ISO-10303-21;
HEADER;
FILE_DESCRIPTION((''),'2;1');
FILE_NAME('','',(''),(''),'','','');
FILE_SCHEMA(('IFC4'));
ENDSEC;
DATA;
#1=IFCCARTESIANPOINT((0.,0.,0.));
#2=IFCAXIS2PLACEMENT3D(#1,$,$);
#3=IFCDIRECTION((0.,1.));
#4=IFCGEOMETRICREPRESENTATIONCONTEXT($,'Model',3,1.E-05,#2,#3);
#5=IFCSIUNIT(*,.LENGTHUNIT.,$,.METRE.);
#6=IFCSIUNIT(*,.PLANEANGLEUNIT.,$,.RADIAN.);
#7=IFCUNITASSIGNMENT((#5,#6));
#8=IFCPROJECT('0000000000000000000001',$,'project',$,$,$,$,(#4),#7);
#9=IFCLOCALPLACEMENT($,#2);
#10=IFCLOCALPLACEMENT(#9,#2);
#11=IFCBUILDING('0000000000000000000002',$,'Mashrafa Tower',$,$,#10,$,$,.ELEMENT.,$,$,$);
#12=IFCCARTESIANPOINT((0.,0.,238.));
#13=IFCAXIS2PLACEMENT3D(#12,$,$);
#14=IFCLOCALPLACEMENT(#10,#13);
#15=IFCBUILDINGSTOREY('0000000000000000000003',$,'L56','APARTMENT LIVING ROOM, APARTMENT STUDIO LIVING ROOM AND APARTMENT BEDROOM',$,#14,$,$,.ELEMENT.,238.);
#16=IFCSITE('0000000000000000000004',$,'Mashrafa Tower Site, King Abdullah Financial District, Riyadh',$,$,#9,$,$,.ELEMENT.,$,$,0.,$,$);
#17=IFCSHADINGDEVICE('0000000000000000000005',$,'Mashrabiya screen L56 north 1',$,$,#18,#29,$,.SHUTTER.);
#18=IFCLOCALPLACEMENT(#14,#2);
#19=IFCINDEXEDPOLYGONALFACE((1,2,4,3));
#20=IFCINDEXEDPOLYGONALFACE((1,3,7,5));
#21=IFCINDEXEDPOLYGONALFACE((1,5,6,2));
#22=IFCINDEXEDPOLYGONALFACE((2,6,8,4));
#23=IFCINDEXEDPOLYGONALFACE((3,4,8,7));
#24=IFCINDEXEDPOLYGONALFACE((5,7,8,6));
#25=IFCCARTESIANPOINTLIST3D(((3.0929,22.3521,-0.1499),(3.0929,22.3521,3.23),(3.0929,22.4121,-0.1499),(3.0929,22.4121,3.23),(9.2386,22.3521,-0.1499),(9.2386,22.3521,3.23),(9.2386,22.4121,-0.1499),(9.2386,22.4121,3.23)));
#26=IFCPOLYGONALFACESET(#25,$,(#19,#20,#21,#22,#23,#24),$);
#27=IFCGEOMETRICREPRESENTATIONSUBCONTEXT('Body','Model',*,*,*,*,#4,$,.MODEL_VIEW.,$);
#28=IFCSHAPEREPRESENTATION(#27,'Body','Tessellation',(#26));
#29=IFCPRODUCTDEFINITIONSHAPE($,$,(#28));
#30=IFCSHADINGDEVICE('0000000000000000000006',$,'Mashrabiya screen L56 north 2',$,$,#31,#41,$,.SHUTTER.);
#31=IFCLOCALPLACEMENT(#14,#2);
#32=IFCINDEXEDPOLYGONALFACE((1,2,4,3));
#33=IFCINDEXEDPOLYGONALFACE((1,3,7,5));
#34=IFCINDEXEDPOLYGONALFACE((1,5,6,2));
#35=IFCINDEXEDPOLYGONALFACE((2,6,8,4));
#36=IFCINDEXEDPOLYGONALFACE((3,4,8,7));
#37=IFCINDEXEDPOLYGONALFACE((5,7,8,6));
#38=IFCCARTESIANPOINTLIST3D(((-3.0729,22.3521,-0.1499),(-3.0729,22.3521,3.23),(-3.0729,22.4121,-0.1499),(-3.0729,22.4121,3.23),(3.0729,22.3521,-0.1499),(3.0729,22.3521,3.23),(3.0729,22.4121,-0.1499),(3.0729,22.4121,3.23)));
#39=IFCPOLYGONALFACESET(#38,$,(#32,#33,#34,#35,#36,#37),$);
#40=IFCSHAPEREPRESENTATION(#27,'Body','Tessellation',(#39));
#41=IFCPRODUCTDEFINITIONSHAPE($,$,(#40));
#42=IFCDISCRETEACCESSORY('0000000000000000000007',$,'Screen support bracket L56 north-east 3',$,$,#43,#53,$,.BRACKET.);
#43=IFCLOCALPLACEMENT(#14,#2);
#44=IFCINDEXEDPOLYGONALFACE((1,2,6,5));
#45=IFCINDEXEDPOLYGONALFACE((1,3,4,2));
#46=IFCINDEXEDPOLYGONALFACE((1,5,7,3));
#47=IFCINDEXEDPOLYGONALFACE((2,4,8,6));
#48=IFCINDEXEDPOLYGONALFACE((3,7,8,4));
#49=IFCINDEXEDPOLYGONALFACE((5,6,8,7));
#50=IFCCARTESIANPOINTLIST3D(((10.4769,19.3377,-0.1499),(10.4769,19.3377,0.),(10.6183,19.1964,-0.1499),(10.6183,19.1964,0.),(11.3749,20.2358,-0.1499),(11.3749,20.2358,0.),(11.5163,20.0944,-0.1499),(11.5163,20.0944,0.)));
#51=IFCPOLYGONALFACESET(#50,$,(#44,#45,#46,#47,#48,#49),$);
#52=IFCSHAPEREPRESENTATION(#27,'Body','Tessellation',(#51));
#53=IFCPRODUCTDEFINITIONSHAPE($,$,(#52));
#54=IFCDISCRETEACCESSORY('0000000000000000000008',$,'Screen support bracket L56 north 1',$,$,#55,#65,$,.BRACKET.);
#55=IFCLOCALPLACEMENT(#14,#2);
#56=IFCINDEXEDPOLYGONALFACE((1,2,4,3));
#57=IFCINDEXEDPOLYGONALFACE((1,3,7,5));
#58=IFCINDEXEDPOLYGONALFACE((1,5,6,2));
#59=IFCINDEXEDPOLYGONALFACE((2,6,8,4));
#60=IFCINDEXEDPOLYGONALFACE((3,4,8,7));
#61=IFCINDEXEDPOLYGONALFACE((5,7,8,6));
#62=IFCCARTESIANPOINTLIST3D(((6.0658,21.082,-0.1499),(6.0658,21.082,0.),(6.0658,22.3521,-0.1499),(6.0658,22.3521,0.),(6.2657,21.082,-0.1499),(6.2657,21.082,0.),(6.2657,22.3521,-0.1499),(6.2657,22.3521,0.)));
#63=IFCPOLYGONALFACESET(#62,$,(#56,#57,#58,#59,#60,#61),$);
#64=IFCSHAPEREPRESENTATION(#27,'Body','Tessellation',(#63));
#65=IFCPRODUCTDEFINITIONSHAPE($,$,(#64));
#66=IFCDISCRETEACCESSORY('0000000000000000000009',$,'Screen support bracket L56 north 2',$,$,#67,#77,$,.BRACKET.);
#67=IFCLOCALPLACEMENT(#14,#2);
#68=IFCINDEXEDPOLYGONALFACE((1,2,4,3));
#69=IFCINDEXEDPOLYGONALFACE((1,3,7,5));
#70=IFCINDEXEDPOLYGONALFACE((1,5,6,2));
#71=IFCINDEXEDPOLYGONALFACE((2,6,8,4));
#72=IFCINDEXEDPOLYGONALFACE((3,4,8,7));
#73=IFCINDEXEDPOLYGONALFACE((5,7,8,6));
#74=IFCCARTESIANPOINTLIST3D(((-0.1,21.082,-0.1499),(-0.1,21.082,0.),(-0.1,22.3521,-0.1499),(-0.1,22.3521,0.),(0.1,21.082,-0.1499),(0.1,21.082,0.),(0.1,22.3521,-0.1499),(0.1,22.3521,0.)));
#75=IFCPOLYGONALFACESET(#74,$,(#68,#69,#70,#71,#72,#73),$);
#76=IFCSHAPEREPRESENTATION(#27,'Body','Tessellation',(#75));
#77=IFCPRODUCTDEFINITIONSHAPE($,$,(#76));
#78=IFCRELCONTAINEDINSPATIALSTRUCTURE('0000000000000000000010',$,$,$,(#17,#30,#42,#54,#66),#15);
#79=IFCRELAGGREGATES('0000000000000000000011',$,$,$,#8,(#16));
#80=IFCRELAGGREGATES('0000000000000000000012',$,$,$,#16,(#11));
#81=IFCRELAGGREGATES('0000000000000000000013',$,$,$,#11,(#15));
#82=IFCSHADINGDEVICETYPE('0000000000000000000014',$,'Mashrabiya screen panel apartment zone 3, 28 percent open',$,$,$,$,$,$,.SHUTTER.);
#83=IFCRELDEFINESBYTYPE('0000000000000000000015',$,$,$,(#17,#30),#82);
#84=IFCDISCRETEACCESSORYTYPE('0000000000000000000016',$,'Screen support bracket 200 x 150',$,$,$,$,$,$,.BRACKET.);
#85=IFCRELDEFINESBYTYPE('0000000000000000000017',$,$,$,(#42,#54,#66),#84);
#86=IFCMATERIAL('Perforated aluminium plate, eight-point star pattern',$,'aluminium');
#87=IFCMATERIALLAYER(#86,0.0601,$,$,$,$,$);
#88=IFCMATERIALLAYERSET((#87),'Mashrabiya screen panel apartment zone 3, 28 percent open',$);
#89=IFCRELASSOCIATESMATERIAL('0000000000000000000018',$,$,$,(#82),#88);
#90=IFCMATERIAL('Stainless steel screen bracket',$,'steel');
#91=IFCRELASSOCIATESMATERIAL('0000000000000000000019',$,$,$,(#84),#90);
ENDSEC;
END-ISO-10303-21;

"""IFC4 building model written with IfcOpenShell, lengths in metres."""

from ifc_helpers import new_model, si_unit, direction, frame, origin, origin_2d, place, context, subcontext, project, spatial, rectangle, extrude, source, transform, mapped, material, layer, layer_set, type_object, type_shapes, element, save


model = new_model("IFC4")

# Units and contexts
model_context = context("Model", 3, precision=1e-05, world=origin(), true_north=direction((0.0, 1.0)))
body_context = subcontext(model_context, "Body", "Model", "MODEL_VIEW")
ifc_project = project(units=[si_unit("LENGTHUNIT", "METRE"), si_unit("PLANEANGLEUNIT", "RADIAN")], contexts=[model_context])

# Site, building, storey
site_placement = place(None, origin())
site = spatial("IfcSite", under=ifc_project, at=site_placement, Name="Mashrafa Tower Site, King Abdullah Financial District, Riyadh", CompositionType="ELEMENT", RefElevation=0.0)
building_placement = place(site_placement, origin())
building = spatial("IfcBuilding", under=site, at=building_placement, Name="Mashrafa Tower", CompositionType="ELEMENT")
storey_placement = place(building_placement, frame((0.0, 0.0, 238.0)))
storey = spatial("IfcBuildingStorey", under=building, at=storey_placement, Name="L56", Description="APARTMENT LIVING ROOM, APARTMENT STUDIO LIVING ROOM AND APARTMENT BEDROOM", CompositionType="ELEMENT", Elevation=238.0)

# Shading devices
ifc_material_1 = material(Name="Perforated aluminium plate, eight-point star pattern", Category="aluminium")
ifc_layer_1 = layer(ifc_material_1, 0.0601)
ifc_layer_set_1 = layer_set([ifc_layer_1], Name="Mashrabiya screen panel apartment zone 3, 28 percent open")
shading_device_type = type_object("IfcShadingDeviceType", Name="Mashrabiya screen panel apartment zone 3, 28 percent open", PredefinedType="SHUTTER", material=ifc_layer_set_1)
shared_shape_1 = source(origin(), body_context, "Body", "SweptSolid", [
    extrude(rectangle(XDim=6.1458, YDim=0.0601, at=origin_2d()), origin(), (0.0, 0.0, 1.0), 3.3799),
])
type_shapes(shading_device_type, [shared_shape_1])
for number, where, z_axis, x_axis, name in (
    (1, (6.1658, 22.3821, -0.1499), (0.0, 0.0, 1.0), (-1.0, 0.0, 0.0), "Mashrabiya screen L56 north 1"),
    (2, (0.0, 22.3821, -0.1499), (0.0, 0.0, 1.0), (-1.0, 0.0, 0.0), "Mashrabiya screen L56 north 2"),
):
    element("IfcShadingDevice", number, at=place(storey_placement, frame(where, z_axis=z_axis, x_axis=x_axis)), inside=storey, type_object=shading_device_type, Name=name, PredefinedType="SHUTTER", context=body_context, shape_type="MappedRepresentation", body=[
        mapped(shared_shape_1, transform((0.0, 0.0, 0.0))),
    ])

# Discrete accessories
ifc_material_2 = material(Name="Stainless steel screen bracket", Category="steel")
discrete_accessory_type = type_object("IfcDiscreteAccessoryType", Name="Screen support bracket 200 x 150", PredefinedType="BRACKET", material=ifc_material_2)
shared_shape_2 = source(origin(), body_context, "Body", "SweptSolid", [
    extrude(rectangle(XDim=0.2, YDim=1.27, at=origin_2d()), origin(), (0.0, 0.0, 1.0), 0.1499),
])
type_shapes(discrete_accessory_type, [shared_shape_2])
for number, where, z_axis, x_axis, name in (
    (3, (10.9966, 19.7161, -0.1499), (0.0, 0.0, 1.0), (-0.707107, 0.707107, 0.0), "Screen support bracket L56 north-east 3"),
    (4, (6.1658, 21.717, -0.1499), (0.0, 0.0, 1.0), (-1.0, 0.0, 0.0), "Screen support bracket L56 north 1"),
    (5, (0.0, 21.717, -0.1499), (0.0, 0.0, 1.0), (-1.0, 0.0, 0.0), "Screen support bracket L56 north 2"),
):
    element("IfcDiscreteAccessory", number, at=place(storey_placement, frame(where, z_axis=z_axis, x_axis=x_axis)), inside=storey, type_object=discrete_accessory_type, Name=name, PredefinedType="BRACKET", context=body_context, shape_type="MappedRepresentation", body=[
        mapped(shared_shape_2, transform((0.0, 0.0, 0.0))),
    ])

save(model, "model.ifc")
